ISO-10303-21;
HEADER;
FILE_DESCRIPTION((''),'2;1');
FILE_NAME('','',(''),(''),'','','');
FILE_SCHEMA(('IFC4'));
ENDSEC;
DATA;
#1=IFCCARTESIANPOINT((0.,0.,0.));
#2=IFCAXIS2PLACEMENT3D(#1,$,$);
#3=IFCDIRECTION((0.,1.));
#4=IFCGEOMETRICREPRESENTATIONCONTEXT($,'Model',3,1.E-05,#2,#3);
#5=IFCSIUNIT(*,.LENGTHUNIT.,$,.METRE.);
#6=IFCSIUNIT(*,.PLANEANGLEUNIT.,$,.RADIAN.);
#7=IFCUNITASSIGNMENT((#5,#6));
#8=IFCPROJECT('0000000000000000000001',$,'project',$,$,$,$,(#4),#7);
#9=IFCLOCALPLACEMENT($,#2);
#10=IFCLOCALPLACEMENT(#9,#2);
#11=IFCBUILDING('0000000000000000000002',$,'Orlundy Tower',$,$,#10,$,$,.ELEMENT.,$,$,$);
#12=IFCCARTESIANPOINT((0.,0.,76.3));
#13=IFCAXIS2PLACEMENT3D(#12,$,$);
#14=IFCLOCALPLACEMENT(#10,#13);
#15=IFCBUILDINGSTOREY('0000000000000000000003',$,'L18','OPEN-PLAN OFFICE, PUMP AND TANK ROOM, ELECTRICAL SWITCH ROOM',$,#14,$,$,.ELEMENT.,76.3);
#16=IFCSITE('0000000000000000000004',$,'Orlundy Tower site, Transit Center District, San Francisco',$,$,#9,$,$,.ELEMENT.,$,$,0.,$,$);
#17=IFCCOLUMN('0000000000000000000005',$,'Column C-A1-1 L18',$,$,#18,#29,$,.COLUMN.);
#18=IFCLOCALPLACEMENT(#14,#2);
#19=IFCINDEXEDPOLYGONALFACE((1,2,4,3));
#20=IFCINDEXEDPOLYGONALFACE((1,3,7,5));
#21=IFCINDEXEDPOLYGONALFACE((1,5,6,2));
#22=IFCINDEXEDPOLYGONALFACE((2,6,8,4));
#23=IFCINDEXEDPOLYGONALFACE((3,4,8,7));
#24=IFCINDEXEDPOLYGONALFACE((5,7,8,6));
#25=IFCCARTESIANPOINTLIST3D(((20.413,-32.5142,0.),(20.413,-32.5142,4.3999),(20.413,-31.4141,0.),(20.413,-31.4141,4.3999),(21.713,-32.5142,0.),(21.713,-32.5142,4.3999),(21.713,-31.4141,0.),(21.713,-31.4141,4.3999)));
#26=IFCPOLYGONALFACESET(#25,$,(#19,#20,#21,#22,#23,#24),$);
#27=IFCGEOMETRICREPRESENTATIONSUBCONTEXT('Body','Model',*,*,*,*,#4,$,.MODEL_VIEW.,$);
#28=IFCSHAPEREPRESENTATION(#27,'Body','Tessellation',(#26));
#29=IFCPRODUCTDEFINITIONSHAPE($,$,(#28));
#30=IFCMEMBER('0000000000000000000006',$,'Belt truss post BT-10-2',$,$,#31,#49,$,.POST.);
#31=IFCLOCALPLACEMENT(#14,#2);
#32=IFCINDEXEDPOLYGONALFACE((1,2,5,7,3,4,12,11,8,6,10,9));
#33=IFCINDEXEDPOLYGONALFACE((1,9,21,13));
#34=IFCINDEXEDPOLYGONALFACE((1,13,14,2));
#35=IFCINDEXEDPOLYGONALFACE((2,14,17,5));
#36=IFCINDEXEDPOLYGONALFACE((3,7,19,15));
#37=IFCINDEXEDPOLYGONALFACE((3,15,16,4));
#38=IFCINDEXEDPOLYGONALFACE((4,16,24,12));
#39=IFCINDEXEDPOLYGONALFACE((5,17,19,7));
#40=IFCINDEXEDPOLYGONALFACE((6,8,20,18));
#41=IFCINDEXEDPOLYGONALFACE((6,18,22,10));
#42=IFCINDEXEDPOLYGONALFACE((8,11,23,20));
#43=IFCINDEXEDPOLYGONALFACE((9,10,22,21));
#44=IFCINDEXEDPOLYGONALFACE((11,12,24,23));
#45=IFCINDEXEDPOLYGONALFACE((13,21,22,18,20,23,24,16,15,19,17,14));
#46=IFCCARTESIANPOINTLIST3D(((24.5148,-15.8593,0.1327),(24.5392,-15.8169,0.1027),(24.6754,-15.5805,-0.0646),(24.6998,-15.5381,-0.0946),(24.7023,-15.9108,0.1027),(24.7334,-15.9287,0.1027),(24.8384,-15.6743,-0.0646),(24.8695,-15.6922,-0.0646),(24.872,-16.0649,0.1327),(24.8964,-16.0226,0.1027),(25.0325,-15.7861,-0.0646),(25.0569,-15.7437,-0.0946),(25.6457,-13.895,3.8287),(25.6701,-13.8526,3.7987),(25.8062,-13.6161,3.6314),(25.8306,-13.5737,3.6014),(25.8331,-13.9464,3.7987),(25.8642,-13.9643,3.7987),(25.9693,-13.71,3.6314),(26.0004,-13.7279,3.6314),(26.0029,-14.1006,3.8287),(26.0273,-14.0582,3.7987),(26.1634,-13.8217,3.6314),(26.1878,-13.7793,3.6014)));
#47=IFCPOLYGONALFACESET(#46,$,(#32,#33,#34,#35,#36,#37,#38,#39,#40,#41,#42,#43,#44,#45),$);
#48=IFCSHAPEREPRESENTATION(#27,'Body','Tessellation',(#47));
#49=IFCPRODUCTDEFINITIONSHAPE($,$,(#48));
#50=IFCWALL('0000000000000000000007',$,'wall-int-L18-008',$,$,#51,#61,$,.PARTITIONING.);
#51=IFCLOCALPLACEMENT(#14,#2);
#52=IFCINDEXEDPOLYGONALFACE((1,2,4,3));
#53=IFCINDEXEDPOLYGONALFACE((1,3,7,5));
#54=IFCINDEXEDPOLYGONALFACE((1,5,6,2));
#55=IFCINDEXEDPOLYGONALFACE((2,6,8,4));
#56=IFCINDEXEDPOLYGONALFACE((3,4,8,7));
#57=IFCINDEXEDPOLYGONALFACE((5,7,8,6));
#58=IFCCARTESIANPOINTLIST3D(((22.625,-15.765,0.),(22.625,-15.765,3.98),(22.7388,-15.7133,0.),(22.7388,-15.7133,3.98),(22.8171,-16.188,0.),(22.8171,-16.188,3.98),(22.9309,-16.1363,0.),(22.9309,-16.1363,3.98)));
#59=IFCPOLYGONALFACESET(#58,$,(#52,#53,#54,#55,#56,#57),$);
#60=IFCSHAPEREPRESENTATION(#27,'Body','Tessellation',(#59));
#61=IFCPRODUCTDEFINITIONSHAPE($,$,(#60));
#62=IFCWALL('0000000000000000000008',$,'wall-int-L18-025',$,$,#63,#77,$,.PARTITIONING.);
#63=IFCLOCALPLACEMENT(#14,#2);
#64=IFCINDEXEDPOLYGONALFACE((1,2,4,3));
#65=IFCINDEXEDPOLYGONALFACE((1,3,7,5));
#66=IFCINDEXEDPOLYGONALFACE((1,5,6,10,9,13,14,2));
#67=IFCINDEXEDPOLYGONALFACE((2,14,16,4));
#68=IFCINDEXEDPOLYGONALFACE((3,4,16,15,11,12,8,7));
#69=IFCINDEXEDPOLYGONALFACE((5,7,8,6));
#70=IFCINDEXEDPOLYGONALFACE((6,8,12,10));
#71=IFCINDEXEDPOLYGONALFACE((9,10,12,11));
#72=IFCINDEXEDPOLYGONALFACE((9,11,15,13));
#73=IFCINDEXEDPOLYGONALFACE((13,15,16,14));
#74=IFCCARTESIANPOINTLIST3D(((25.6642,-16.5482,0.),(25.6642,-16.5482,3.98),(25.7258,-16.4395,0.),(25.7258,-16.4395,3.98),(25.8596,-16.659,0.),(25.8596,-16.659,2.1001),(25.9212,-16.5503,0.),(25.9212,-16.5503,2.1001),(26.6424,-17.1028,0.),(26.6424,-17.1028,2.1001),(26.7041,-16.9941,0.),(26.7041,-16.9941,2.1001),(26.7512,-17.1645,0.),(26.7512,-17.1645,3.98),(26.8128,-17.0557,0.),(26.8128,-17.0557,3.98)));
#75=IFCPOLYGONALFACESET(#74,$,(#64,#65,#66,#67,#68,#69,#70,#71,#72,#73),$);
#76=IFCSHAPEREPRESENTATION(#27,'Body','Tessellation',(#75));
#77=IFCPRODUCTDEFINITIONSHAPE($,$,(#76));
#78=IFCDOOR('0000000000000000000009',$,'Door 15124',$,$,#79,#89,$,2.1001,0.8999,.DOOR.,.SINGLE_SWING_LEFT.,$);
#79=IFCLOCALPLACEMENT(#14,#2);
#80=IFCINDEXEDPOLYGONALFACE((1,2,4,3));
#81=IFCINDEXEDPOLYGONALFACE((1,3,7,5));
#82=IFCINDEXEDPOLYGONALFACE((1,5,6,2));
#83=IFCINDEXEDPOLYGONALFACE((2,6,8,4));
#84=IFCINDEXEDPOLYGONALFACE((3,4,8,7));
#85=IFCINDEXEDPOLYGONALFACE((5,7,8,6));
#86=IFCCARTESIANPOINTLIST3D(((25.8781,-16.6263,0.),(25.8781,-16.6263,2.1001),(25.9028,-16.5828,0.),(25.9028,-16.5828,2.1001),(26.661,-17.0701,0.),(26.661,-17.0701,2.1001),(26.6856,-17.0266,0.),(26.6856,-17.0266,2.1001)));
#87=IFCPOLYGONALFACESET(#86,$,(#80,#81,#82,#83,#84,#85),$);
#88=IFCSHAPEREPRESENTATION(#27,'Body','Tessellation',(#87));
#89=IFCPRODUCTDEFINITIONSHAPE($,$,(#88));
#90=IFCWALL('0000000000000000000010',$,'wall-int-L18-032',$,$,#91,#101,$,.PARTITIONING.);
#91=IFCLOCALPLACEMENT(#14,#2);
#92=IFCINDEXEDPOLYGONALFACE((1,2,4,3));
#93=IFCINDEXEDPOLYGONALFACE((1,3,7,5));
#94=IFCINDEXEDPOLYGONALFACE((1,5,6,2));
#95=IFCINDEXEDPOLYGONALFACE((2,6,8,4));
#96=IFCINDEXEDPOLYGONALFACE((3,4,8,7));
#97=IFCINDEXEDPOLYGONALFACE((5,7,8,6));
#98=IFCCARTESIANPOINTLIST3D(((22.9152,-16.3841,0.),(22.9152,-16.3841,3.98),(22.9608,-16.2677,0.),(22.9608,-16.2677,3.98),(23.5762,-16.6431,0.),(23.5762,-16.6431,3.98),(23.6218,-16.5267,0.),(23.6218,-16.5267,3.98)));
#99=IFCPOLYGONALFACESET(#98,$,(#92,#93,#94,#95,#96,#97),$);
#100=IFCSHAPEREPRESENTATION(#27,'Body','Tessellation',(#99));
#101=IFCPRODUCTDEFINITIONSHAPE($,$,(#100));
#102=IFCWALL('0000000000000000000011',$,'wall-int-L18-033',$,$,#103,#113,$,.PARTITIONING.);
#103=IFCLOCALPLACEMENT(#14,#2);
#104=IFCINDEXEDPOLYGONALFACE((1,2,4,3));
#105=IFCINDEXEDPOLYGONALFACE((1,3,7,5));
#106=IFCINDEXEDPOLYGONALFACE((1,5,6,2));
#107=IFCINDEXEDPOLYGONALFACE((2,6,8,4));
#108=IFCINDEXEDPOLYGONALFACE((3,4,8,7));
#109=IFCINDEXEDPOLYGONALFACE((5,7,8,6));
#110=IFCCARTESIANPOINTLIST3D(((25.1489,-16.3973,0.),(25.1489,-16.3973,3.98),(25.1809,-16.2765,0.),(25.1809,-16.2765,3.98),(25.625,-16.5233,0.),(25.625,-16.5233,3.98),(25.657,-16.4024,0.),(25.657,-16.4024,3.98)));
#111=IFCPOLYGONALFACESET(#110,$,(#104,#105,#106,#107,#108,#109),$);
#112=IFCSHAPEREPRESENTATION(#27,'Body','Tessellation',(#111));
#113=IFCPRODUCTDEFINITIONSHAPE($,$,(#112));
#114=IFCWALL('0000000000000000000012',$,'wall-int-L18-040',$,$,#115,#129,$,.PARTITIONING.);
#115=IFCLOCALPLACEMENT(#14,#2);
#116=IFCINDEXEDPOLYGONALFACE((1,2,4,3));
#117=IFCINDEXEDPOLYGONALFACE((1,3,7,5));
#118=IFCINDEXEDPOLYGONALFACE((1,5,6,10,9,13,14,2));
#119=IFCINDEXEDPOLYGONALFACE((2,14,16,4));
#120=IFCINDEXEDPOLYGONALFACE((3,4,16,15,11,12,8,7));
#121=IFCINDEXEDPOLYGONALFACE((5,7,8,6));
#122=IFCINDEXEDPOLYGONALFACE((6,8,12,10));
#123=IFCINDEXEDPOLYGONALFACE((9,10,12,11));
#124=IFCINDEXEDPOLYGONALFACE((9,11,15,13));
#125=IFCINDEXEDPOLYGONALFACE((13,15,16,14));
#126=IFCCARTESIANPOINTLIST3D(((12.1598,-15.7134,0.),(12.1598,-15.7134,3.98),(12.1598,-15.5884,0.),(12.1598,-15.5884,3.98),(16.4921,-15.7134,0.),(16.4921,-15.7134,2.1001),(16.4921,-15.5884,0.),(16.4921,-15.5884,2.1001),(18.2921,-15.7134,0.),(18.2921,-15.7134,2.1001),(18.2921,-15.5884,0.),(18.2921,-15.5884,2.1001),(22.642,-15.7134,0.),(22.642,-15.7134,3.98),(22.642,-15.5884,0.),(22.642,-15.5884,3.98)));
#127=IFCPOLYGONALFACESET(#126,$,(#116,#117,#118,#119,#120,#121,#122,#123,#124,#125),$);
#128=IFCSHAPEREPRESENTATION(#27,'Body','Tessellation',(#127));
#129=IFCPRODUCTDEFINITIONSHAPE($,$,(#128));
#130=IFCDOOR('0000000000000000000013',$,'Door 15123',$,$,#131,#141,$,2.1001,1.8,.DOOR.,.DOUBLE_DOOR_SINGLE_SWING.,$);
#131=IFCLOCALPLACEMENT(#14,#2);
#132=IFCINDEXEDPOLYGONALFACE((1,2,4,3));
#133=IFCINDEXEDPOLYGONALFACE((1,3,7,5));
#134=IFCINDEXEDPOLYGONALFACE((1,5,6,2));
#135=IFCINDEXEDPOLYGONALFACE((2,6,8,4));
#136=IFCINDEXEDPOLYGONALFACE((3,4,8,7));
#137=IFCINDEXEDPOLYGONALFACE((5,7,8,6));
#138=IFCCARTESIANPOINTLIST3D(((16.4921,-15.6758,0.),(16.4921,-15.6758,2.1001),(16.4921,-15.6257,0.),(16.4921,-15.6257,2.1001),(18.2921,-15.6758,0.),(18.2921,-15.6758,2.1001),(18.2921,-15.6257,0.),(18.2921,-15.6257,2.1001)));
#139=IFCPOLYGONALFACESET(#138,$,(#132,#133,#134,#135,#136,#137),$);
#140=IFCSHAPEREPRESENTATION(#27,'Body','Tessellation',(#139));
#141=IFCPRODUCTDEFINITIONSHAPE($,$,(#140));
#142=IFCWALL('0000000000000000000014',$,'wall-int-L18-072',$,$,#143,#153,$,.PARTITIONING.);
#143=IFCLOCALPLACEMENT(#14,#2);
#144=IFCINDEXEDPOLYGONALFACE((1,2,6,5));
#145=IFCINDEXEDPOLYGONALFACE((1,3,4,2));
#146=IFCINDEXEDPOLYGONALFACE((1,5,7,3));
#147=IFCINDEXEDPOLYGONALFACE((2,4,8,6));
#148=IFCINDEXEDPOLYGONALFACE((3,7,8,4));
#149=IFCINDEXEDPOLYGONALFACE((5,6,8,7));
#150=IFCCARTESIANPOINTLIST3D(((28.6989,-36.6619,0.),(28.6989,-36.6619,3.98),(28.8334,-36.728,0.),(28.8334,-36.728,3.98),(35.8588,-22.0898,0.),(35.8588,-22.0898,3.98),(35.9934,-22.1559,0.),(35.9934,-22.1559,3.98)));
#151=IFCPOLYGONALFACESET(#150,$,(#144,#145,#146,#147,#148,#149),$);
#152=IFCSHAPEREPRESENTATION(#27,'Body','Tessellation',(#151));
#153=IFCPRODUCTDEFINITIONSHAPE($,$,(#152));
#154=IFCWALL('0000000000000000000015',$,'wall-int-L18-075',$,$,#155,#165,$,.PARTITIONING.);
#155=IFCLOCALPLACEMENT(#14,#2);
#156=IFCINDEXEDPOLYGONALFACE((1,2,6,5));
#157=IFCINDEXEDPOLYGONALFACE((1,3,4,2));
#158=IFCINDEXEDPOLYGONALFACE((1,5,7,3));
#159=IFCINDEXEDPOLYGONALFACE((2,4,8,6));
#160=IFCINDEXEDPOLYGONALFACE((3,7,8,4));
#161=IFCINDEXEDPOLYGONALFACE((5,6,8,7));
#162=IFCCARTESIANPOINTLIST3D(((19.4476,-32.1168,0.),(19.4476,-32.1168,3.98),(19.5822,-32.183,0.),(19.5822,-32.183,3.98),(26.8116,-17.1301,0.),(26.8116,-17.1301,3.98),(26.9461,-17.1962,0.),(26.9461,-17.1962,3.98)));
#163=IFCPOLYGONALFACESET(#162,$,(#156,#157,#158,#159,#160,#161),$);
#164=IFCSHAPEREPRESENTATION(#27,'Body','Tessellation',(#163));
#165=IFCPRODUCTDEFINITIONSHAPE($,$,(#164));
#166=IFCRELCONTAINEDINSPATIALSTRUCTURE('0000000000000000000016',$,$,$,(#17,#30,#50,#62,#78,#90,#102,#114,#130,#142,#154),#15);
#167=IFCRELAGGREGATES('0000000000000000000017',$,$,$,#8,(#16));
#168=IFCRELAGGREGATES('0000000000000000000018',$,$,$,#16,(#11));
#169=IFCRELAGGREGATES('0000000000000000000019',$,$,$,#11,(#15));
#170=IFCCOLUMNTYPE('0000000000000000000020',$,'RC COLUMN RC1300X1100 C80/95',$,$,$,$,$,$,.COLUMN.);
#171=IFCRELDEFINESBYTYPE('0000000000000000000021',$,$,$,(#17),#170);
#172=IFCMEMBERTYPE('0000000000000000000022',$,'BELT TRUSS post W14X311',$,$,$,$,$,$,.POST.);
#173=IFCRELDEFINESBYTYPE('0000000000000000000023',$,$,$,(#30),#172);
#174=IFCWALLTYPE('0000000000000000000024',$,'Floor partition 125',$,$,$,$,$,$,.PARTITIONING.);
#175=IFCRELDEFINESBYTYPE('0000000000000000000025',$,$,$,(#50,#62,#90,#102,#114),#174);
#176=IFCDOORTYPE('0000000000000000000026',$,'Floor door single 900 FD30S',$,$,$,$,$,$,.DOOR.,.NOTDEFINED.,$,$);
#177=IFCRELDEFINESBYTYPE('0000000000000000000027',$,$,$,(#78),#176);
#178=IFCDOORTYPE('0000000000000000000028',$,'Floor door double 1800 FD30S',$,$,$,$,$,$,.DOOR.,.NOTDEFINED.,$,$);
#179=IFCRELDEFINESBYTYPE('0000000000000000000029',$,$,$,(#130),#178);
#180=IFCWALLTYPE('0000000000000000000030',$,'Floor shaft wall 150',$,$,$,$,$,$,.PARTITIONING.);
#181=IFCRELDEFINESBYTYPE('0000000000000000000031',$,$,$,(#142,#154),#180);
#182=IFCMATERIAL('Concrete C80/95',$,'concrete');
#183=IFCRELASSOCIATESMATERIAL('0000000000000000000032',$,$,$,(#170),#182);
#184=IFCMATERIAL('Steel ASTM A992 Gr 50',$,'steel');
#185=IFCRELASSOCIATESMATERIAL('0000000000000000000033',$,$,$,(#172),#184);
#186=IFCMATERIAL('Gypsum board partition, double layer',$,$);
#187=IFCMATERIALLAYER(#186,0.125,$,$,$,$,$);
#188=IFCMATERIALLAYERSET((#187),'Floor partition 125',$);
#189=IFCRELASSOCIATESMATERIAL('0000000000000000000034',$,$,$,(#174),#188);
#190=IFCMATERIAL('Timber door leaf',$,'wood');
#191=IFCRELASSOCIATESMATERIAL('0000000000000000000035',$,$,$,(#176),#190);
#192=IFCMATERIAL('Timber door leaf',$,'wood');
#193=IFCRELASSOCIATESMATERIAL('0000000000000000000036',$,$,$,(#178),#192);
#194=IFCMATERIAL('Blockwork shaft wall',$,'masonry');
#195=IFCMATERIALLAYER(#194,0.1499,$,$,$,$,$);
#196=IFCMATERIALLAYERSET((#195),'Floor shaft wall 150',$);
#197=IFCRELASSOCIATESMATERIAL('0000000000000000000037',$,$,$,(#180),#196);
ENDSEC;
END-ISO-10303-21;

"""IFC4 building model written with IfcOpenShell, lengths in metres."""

from ifc_helpers import new_model, si_unit, direction, frame, frame_2d, origin, origin_2d, place, context, subcontext, project, spatial, rectangle, i_section, extrude, material, layer, layer_set, material_profile, profile_set, type_object, element, fill, save


model = new_model("IFC4")

# Units and contexts
model_context = context("Model", 3, precision=1e-05, world=origin(), true_north=direction((0.0, 1.0)))
body_context = subcontext(model_context, "Body", "Model", "MODEL_VIEW")
ifc_project = project(units=[si_unit("LENGTHUNIT", "METRE"), si_unit("PLANEANGLEUNIT", "RADIAN")], contexts=[model_context])

# Site, building, storey
site_placement = place(None, origin())
site = spatial("IfcSite", under=ifc_project, at=site_placement, Name="Orlundy Tower site, Transit Center District, San Francisco", CompositionType="ELEMENT", RefElevation=0.0)
building_placement = place(site_placement, origin())
building = spatial("IfcBuilding", under=site, at=building_placement, Name="Orlundy Tower", CompositionType="ELEMENT")
storey_placement = place(building_placement, frame((0.0, 0.0, 76.3)))
storey = spatial("IfcBuildingStorey", under=building, at=storey_placement, Name="L18", Description="OPEN-PLAN OFFICE, PUMP AND TANK ROOM, ELECTRICAL SWITCH ROOM", CompositionType="ELEMENT", Elevation=76.3)

# Column
ifc_material_1 = material(Name="Concrete C80/95", Category="concrete")
ifc_material_profile_1 = material_profile(ifc_material_1, rectangle(XDim=1.3, YDim=1.1001, at=origin_2d()), Name="RC1300X1100")
ifc_profile_set_1 = profile_set([ifc_material_profile_1], Name="Concrete C80/95")
column_type = type_object("IfcColumnType", Name="RC COLUMN RC1300X1100 C80/95", PredefinedType="COLUMN", material=ifc_profile_set_1)
column_placement = place(storey_placement, frame((21.063, -31.9641, 0.0), z_axis=(0.0, 0.0, 1.0), x_axis=(1.0, 0.0, 0.0)))
element("IfcColumn", 1, at=column_placement, inside=storey, type_object=column_type, Name="Column C-A1-1 L18", PredefinedType="COLUMN", context=body_context, shape_type="SweptSolid", body=[
    extrude(rectangle(XDim=1.3, YDim=1.1001, at=origin_2d()), origin(), (0.0, 0.0, 1.0), 4.3999),
])

# Member
ifc_material_2 = material(Name="Steel ASTM A992 Gr 50", Category="steel")
ifc_material_profile_2 = material_profile(ifc_material_2, i_section(OverallWidth=0.4121, OverallDepth=0.4348, WebThickness=0.0359, FlangeThickness=0.0574, at=origin_2d()), Name="W14X311")
ifc_profile_set_2 = profile_set([ifc_material_profile_2], Name="Steel ASTM A992 Gr 50")
member_type = type_object("IfcMemberType", Name="BELT TRUSS post W14X311", PredefinedType="POST", material=ifc_profile_set_2)
member_placement = place(storey_placement, frame((24.7859, -15.8015, 0.019), z_axis=(0.260825, 0.453065, 0.852468), x_axis=(-0.866648, 0.49892, 0.0)))
element("IfcMember", 2, at=member_placement, inside=storey, type_object=member_type, Name="Belt truss post BT-10-2", PredefinedType="POST", context=body_context, shape_type="SweptSolid", body=[
    extrude(i_section(OverallWidth=0.4121, OverallDepth=0.4348, WebThickness=0.0359, FlangeThickness=0.0574, at=origin_2d()), origin(), (0.0, 0.0, 1.0), 4.3357),
])

# Wall
ifc_material_3 = material(Name="Gypsum board partition, double layer")
ifc_layer_1 = layer(ifc_material_3, 0.125)
ifc_layer_set_1 = layer_set([ifc_layer_1], Name="Floor partition 125")
wall_type_1 = type_object("IfcWallType", Name="Floor partition 125", PredefinedType="PARTITIONING", material=ifc_layer_set_1)
wall_1_placement = place(storey_placement, frame((22.6819, -15.739, 0.0), z_axis=(0.0, 0.0, 1.0), x_axis=(0.413486, -0.91051, 0.0)))
element("IfcWall", 3, at=wall_1_placement, inside=storey, type_object=wall_type_1, Name="wall-int-L18-008", PredefinedType="PARTITIONING", context=body_context, shape_type="SweptSolid", body=[
    extrude(rectangle(XDim=0.4646, YDim=0.125, at=frame_2d((0.2324, 0.0))), origin(), (0.0, 0.0, 1.0), 3.98),
])

# Wall, opening, door
wall_2_placement = place(storey_placement, frame((26.782, -17.1101, 0.0), z_axis=(0.0, 0.0, 1.0), x_axis=(-0.869922, 0.49319, 0.0)))
wall_2 = element("IfcWall", 4, at=wall_2_placement, inside=storey, type_object=wall_type_1, Name="wall-int-L18-025", PredefinedType="PARTITIONING", context=body_context, shape_type="SweptSolid", body=[
    extrude(rectangle(XDim=1.2495, YDim=0.125, at=frame_2d((0.6248, 0.0))), origin(), (0.0, 0.0, 1.0), 3.98),
])
opening_1_placement = place(wall_2_placement, frame((0.125, 0.0, 0.0)))
opening_1 = element("IfcOpeningElement", 5, at=opening_1_placement, cuts=wall_2, PredefinedType="OPENING", context=body_context, shape_type="SweptSolid", body=[
    extrude(rectangle(XDim=0.8999, YDim=2.1001, at=frame_2d((0.45, 1.05))), frame((0.0, 0.0725, 0.0), z_axis=(0.0, -1.0, 0.0), x_axis=(1.0, 0.0, 0.0)), (0.0, 0.0, 1.0), 0.145),
])
ifc_material_4 = material(Name="Timber door leaf", Category="wood")
door_type_1 = type_object("IfcDoorType", Name="Floor door single 900 FD30S", OperationType="NOTDEFINED", PredefinedType="DOOR", material=ifc_material_4)
door_1_placement = place(opening_1_placement, origin())
door_1 = element("IfcDoor", 6, at=door_1_placement, inside=storey, type_object=door_type_1, Name="Door 15124", OperationType="SINGLE_SWING_LEFT", OverallHeight=2.1001, OverallWidth=0.8999, PredefinedType="DOOR", context=body_context, shape_type="SweptSolid", body=[
    extrude(rectangle(XDim=0.8999, YDim=2.1001, at=frame_2d((0.45, 1.05))), frame((0.0, 0.0249, 0.0), z_axis=(0.0, -1.0, 0.0), x_axis=(1.0, 0.0, 0.0)), (0.0, 0.0, 1.0), 0.05),
])
fill(opening_1, door_1)

# Walls
wall_3_placement = place(storey_placement, frame((22.938, -16.3259, 0.0), z_axis=(0.0, 0.0, 1.0), x_axis=(0.931085, -0.364801, 0.0)))
element("IfcWall", 7, at=wall_3_placement, inside=storey, type_object=wall_type_1, Name="wall-int-L18-032", PredefinedType="PARTITIONING", context=body_context, shape_type="SweptSolid", body=[
    extrude(rectangle(XDim=0.71, YDim=0.125, at=frame_2d((0.355, 0.0))), origin(), (0.0, 0.0, 1.0), 3.98),
])
wall_4_placement = place(storey_placement, frame((25.165, -16.3369, 0.0), z_axis=(0.0, 0.0, 1.0), x_axis=(0.966727, -0.255811, 0.0)))
element("IfcWall", 8, at=wall_4_placement, inside=storey, type_object=wall_type_1, Name="wall-int-L18-033", PredefinedType="PARTITIONING", context=body_context, shape_type="SweptSolid", body=[
    extrude(rectangle(XDim=0.4924, YDim=0.125, at=frame_2d((0.2461, 0.0))), origin(), (0.0, 0.0, 1.0), 3.98),
])

# Wall, opening, door
wall_5_placement = place(storey_placement, frame((22.6421, -15.6509, 0.0), z_axis=(0.0, 0.0, 1.0), x_axis=(-1.0, 0.0, 0.0)))
wall_5 = element("IfcWall", 9, at=wall_5_placement, inside=storey, type_object=wall_type_1, Name="wall-int-L18-040", PredefinedType="PARTITIONING", context=body_context, shape_type="SweptSolid", body=[
    extrude(rectangle(XDim=10.4822, YDim=0.125, at=frame_2d((5.2412, 0.0))), origin(), (0.0, 0.0, 1.0), 3.98),
])
opening_2_placement = place(wall_5_placement, frame((4.3501, 0.0, 0.0)))
opening_2 = element("IfcOpeningElement", 10, at=opening_2_placement, cuts=wall_5, PredefinedType="OPENING", context=body_context, shape_type="SweptSolid", body=[
    extrude(rectangle(XDim=1.8, YDim=2.1001, at=frame_2d((0.8999, 1.05))), frame((0.0, 0.0725, 0.0), z_axis=(0.0, -1.0, 0.0), x_axis=(1.0, 0.0, 0.0)), (0.0, 0.0, 1.0), 0.145),
])
ifc_material_5 = material(Name="Timber door leaf", Category="wood")
door_type_2 = type_object("IfcDoorType", Name="Floor door double 1800 FD30S", OperationType="NOTDEFINED", PredefinedType="DOOR", material=ifc_material_5)
door_2_placement = place(opening_2_placement, origin())
door_2 = element("IfcDoor", 11, at=door_2_placement, inside=storey, type_object=door_type_2, Name="Door 15123", OperationType="DOUBLE_DOOR_SINGLE_SWING", OverallHeight=2.1001, OverallWidth=1.8, PredefinedType="DOOR", context=body_context, shape_type="SweptSolid", body=[
    extrude(rectangle(XDim=1.8, YDim=2.1001, at=frame_2d((0.8999, 1.05))), frame((0.0, 0.0249, 0.0), z_axis=(0.0, -1.0, 0.0), x_axis=(1.0, 0.0, 0.0)), (0.0, 0.0, 1.0), 0.05),
])
fill(opening_2, door_2)

# Walls
ifc_material_6 = material(Name="Blockwork shaft wall", Category="masonry")
ifc_layer_2 = layer(ifc_material_6, 0.1499)
ifc_layer_set_2 = layer_set([ifc_layer_2], Name="Floor shaft wall 150")
wall_type_2 = type_object("IfcWallType", Name="Floor shaft wall 150", PredefinedType="PARTITIONING", material=ifc_layer_set_2)
wall_6_placement = place(storey_placement, frame((28.7661, -36.6951, 0.0), z_axis=(0.0, 0.0, 1.0), x_axis=(0.44099, 0.897512, 0.0)))
element("IfcWall", 12, at=wall_6_placement, inside=storey, type_object=wall_type_2, Name="wall-int-L18-072", PredefinedType="PARTITIONING", context=body_context, shape_type="SweptSolid", body=[
    extrude(rectangle(XDim=16.2361, YDim=0.1499, at=frame_2d((8.1182, 0.0))), origin(), (0.0, 0.0, 1.0), 3.98),
])
wall_7_placement = place(storey_placement, frame((19.5149, -32.1499, 0.0), z_axis=(0.0, 0.0, 1.0), x_axis=(0.441004, 0.897505, 0.0)))
element("IfcWall", 13, at=wall_7_placement, inside=storey, type_object=wall_type_2, Name="wall-int-L18-075", PredefinedType="PARTITIONING", context=body_context, shape_type="SweptSolid", body=[
    extrude(rectangle(XDim=16.6982, YDim=0.1499, at=frame_2d((8.3491, 0.0))), origin(), (0.0, 0.0, 1.0), 3.98),
])

save(model, "model.ifc")
